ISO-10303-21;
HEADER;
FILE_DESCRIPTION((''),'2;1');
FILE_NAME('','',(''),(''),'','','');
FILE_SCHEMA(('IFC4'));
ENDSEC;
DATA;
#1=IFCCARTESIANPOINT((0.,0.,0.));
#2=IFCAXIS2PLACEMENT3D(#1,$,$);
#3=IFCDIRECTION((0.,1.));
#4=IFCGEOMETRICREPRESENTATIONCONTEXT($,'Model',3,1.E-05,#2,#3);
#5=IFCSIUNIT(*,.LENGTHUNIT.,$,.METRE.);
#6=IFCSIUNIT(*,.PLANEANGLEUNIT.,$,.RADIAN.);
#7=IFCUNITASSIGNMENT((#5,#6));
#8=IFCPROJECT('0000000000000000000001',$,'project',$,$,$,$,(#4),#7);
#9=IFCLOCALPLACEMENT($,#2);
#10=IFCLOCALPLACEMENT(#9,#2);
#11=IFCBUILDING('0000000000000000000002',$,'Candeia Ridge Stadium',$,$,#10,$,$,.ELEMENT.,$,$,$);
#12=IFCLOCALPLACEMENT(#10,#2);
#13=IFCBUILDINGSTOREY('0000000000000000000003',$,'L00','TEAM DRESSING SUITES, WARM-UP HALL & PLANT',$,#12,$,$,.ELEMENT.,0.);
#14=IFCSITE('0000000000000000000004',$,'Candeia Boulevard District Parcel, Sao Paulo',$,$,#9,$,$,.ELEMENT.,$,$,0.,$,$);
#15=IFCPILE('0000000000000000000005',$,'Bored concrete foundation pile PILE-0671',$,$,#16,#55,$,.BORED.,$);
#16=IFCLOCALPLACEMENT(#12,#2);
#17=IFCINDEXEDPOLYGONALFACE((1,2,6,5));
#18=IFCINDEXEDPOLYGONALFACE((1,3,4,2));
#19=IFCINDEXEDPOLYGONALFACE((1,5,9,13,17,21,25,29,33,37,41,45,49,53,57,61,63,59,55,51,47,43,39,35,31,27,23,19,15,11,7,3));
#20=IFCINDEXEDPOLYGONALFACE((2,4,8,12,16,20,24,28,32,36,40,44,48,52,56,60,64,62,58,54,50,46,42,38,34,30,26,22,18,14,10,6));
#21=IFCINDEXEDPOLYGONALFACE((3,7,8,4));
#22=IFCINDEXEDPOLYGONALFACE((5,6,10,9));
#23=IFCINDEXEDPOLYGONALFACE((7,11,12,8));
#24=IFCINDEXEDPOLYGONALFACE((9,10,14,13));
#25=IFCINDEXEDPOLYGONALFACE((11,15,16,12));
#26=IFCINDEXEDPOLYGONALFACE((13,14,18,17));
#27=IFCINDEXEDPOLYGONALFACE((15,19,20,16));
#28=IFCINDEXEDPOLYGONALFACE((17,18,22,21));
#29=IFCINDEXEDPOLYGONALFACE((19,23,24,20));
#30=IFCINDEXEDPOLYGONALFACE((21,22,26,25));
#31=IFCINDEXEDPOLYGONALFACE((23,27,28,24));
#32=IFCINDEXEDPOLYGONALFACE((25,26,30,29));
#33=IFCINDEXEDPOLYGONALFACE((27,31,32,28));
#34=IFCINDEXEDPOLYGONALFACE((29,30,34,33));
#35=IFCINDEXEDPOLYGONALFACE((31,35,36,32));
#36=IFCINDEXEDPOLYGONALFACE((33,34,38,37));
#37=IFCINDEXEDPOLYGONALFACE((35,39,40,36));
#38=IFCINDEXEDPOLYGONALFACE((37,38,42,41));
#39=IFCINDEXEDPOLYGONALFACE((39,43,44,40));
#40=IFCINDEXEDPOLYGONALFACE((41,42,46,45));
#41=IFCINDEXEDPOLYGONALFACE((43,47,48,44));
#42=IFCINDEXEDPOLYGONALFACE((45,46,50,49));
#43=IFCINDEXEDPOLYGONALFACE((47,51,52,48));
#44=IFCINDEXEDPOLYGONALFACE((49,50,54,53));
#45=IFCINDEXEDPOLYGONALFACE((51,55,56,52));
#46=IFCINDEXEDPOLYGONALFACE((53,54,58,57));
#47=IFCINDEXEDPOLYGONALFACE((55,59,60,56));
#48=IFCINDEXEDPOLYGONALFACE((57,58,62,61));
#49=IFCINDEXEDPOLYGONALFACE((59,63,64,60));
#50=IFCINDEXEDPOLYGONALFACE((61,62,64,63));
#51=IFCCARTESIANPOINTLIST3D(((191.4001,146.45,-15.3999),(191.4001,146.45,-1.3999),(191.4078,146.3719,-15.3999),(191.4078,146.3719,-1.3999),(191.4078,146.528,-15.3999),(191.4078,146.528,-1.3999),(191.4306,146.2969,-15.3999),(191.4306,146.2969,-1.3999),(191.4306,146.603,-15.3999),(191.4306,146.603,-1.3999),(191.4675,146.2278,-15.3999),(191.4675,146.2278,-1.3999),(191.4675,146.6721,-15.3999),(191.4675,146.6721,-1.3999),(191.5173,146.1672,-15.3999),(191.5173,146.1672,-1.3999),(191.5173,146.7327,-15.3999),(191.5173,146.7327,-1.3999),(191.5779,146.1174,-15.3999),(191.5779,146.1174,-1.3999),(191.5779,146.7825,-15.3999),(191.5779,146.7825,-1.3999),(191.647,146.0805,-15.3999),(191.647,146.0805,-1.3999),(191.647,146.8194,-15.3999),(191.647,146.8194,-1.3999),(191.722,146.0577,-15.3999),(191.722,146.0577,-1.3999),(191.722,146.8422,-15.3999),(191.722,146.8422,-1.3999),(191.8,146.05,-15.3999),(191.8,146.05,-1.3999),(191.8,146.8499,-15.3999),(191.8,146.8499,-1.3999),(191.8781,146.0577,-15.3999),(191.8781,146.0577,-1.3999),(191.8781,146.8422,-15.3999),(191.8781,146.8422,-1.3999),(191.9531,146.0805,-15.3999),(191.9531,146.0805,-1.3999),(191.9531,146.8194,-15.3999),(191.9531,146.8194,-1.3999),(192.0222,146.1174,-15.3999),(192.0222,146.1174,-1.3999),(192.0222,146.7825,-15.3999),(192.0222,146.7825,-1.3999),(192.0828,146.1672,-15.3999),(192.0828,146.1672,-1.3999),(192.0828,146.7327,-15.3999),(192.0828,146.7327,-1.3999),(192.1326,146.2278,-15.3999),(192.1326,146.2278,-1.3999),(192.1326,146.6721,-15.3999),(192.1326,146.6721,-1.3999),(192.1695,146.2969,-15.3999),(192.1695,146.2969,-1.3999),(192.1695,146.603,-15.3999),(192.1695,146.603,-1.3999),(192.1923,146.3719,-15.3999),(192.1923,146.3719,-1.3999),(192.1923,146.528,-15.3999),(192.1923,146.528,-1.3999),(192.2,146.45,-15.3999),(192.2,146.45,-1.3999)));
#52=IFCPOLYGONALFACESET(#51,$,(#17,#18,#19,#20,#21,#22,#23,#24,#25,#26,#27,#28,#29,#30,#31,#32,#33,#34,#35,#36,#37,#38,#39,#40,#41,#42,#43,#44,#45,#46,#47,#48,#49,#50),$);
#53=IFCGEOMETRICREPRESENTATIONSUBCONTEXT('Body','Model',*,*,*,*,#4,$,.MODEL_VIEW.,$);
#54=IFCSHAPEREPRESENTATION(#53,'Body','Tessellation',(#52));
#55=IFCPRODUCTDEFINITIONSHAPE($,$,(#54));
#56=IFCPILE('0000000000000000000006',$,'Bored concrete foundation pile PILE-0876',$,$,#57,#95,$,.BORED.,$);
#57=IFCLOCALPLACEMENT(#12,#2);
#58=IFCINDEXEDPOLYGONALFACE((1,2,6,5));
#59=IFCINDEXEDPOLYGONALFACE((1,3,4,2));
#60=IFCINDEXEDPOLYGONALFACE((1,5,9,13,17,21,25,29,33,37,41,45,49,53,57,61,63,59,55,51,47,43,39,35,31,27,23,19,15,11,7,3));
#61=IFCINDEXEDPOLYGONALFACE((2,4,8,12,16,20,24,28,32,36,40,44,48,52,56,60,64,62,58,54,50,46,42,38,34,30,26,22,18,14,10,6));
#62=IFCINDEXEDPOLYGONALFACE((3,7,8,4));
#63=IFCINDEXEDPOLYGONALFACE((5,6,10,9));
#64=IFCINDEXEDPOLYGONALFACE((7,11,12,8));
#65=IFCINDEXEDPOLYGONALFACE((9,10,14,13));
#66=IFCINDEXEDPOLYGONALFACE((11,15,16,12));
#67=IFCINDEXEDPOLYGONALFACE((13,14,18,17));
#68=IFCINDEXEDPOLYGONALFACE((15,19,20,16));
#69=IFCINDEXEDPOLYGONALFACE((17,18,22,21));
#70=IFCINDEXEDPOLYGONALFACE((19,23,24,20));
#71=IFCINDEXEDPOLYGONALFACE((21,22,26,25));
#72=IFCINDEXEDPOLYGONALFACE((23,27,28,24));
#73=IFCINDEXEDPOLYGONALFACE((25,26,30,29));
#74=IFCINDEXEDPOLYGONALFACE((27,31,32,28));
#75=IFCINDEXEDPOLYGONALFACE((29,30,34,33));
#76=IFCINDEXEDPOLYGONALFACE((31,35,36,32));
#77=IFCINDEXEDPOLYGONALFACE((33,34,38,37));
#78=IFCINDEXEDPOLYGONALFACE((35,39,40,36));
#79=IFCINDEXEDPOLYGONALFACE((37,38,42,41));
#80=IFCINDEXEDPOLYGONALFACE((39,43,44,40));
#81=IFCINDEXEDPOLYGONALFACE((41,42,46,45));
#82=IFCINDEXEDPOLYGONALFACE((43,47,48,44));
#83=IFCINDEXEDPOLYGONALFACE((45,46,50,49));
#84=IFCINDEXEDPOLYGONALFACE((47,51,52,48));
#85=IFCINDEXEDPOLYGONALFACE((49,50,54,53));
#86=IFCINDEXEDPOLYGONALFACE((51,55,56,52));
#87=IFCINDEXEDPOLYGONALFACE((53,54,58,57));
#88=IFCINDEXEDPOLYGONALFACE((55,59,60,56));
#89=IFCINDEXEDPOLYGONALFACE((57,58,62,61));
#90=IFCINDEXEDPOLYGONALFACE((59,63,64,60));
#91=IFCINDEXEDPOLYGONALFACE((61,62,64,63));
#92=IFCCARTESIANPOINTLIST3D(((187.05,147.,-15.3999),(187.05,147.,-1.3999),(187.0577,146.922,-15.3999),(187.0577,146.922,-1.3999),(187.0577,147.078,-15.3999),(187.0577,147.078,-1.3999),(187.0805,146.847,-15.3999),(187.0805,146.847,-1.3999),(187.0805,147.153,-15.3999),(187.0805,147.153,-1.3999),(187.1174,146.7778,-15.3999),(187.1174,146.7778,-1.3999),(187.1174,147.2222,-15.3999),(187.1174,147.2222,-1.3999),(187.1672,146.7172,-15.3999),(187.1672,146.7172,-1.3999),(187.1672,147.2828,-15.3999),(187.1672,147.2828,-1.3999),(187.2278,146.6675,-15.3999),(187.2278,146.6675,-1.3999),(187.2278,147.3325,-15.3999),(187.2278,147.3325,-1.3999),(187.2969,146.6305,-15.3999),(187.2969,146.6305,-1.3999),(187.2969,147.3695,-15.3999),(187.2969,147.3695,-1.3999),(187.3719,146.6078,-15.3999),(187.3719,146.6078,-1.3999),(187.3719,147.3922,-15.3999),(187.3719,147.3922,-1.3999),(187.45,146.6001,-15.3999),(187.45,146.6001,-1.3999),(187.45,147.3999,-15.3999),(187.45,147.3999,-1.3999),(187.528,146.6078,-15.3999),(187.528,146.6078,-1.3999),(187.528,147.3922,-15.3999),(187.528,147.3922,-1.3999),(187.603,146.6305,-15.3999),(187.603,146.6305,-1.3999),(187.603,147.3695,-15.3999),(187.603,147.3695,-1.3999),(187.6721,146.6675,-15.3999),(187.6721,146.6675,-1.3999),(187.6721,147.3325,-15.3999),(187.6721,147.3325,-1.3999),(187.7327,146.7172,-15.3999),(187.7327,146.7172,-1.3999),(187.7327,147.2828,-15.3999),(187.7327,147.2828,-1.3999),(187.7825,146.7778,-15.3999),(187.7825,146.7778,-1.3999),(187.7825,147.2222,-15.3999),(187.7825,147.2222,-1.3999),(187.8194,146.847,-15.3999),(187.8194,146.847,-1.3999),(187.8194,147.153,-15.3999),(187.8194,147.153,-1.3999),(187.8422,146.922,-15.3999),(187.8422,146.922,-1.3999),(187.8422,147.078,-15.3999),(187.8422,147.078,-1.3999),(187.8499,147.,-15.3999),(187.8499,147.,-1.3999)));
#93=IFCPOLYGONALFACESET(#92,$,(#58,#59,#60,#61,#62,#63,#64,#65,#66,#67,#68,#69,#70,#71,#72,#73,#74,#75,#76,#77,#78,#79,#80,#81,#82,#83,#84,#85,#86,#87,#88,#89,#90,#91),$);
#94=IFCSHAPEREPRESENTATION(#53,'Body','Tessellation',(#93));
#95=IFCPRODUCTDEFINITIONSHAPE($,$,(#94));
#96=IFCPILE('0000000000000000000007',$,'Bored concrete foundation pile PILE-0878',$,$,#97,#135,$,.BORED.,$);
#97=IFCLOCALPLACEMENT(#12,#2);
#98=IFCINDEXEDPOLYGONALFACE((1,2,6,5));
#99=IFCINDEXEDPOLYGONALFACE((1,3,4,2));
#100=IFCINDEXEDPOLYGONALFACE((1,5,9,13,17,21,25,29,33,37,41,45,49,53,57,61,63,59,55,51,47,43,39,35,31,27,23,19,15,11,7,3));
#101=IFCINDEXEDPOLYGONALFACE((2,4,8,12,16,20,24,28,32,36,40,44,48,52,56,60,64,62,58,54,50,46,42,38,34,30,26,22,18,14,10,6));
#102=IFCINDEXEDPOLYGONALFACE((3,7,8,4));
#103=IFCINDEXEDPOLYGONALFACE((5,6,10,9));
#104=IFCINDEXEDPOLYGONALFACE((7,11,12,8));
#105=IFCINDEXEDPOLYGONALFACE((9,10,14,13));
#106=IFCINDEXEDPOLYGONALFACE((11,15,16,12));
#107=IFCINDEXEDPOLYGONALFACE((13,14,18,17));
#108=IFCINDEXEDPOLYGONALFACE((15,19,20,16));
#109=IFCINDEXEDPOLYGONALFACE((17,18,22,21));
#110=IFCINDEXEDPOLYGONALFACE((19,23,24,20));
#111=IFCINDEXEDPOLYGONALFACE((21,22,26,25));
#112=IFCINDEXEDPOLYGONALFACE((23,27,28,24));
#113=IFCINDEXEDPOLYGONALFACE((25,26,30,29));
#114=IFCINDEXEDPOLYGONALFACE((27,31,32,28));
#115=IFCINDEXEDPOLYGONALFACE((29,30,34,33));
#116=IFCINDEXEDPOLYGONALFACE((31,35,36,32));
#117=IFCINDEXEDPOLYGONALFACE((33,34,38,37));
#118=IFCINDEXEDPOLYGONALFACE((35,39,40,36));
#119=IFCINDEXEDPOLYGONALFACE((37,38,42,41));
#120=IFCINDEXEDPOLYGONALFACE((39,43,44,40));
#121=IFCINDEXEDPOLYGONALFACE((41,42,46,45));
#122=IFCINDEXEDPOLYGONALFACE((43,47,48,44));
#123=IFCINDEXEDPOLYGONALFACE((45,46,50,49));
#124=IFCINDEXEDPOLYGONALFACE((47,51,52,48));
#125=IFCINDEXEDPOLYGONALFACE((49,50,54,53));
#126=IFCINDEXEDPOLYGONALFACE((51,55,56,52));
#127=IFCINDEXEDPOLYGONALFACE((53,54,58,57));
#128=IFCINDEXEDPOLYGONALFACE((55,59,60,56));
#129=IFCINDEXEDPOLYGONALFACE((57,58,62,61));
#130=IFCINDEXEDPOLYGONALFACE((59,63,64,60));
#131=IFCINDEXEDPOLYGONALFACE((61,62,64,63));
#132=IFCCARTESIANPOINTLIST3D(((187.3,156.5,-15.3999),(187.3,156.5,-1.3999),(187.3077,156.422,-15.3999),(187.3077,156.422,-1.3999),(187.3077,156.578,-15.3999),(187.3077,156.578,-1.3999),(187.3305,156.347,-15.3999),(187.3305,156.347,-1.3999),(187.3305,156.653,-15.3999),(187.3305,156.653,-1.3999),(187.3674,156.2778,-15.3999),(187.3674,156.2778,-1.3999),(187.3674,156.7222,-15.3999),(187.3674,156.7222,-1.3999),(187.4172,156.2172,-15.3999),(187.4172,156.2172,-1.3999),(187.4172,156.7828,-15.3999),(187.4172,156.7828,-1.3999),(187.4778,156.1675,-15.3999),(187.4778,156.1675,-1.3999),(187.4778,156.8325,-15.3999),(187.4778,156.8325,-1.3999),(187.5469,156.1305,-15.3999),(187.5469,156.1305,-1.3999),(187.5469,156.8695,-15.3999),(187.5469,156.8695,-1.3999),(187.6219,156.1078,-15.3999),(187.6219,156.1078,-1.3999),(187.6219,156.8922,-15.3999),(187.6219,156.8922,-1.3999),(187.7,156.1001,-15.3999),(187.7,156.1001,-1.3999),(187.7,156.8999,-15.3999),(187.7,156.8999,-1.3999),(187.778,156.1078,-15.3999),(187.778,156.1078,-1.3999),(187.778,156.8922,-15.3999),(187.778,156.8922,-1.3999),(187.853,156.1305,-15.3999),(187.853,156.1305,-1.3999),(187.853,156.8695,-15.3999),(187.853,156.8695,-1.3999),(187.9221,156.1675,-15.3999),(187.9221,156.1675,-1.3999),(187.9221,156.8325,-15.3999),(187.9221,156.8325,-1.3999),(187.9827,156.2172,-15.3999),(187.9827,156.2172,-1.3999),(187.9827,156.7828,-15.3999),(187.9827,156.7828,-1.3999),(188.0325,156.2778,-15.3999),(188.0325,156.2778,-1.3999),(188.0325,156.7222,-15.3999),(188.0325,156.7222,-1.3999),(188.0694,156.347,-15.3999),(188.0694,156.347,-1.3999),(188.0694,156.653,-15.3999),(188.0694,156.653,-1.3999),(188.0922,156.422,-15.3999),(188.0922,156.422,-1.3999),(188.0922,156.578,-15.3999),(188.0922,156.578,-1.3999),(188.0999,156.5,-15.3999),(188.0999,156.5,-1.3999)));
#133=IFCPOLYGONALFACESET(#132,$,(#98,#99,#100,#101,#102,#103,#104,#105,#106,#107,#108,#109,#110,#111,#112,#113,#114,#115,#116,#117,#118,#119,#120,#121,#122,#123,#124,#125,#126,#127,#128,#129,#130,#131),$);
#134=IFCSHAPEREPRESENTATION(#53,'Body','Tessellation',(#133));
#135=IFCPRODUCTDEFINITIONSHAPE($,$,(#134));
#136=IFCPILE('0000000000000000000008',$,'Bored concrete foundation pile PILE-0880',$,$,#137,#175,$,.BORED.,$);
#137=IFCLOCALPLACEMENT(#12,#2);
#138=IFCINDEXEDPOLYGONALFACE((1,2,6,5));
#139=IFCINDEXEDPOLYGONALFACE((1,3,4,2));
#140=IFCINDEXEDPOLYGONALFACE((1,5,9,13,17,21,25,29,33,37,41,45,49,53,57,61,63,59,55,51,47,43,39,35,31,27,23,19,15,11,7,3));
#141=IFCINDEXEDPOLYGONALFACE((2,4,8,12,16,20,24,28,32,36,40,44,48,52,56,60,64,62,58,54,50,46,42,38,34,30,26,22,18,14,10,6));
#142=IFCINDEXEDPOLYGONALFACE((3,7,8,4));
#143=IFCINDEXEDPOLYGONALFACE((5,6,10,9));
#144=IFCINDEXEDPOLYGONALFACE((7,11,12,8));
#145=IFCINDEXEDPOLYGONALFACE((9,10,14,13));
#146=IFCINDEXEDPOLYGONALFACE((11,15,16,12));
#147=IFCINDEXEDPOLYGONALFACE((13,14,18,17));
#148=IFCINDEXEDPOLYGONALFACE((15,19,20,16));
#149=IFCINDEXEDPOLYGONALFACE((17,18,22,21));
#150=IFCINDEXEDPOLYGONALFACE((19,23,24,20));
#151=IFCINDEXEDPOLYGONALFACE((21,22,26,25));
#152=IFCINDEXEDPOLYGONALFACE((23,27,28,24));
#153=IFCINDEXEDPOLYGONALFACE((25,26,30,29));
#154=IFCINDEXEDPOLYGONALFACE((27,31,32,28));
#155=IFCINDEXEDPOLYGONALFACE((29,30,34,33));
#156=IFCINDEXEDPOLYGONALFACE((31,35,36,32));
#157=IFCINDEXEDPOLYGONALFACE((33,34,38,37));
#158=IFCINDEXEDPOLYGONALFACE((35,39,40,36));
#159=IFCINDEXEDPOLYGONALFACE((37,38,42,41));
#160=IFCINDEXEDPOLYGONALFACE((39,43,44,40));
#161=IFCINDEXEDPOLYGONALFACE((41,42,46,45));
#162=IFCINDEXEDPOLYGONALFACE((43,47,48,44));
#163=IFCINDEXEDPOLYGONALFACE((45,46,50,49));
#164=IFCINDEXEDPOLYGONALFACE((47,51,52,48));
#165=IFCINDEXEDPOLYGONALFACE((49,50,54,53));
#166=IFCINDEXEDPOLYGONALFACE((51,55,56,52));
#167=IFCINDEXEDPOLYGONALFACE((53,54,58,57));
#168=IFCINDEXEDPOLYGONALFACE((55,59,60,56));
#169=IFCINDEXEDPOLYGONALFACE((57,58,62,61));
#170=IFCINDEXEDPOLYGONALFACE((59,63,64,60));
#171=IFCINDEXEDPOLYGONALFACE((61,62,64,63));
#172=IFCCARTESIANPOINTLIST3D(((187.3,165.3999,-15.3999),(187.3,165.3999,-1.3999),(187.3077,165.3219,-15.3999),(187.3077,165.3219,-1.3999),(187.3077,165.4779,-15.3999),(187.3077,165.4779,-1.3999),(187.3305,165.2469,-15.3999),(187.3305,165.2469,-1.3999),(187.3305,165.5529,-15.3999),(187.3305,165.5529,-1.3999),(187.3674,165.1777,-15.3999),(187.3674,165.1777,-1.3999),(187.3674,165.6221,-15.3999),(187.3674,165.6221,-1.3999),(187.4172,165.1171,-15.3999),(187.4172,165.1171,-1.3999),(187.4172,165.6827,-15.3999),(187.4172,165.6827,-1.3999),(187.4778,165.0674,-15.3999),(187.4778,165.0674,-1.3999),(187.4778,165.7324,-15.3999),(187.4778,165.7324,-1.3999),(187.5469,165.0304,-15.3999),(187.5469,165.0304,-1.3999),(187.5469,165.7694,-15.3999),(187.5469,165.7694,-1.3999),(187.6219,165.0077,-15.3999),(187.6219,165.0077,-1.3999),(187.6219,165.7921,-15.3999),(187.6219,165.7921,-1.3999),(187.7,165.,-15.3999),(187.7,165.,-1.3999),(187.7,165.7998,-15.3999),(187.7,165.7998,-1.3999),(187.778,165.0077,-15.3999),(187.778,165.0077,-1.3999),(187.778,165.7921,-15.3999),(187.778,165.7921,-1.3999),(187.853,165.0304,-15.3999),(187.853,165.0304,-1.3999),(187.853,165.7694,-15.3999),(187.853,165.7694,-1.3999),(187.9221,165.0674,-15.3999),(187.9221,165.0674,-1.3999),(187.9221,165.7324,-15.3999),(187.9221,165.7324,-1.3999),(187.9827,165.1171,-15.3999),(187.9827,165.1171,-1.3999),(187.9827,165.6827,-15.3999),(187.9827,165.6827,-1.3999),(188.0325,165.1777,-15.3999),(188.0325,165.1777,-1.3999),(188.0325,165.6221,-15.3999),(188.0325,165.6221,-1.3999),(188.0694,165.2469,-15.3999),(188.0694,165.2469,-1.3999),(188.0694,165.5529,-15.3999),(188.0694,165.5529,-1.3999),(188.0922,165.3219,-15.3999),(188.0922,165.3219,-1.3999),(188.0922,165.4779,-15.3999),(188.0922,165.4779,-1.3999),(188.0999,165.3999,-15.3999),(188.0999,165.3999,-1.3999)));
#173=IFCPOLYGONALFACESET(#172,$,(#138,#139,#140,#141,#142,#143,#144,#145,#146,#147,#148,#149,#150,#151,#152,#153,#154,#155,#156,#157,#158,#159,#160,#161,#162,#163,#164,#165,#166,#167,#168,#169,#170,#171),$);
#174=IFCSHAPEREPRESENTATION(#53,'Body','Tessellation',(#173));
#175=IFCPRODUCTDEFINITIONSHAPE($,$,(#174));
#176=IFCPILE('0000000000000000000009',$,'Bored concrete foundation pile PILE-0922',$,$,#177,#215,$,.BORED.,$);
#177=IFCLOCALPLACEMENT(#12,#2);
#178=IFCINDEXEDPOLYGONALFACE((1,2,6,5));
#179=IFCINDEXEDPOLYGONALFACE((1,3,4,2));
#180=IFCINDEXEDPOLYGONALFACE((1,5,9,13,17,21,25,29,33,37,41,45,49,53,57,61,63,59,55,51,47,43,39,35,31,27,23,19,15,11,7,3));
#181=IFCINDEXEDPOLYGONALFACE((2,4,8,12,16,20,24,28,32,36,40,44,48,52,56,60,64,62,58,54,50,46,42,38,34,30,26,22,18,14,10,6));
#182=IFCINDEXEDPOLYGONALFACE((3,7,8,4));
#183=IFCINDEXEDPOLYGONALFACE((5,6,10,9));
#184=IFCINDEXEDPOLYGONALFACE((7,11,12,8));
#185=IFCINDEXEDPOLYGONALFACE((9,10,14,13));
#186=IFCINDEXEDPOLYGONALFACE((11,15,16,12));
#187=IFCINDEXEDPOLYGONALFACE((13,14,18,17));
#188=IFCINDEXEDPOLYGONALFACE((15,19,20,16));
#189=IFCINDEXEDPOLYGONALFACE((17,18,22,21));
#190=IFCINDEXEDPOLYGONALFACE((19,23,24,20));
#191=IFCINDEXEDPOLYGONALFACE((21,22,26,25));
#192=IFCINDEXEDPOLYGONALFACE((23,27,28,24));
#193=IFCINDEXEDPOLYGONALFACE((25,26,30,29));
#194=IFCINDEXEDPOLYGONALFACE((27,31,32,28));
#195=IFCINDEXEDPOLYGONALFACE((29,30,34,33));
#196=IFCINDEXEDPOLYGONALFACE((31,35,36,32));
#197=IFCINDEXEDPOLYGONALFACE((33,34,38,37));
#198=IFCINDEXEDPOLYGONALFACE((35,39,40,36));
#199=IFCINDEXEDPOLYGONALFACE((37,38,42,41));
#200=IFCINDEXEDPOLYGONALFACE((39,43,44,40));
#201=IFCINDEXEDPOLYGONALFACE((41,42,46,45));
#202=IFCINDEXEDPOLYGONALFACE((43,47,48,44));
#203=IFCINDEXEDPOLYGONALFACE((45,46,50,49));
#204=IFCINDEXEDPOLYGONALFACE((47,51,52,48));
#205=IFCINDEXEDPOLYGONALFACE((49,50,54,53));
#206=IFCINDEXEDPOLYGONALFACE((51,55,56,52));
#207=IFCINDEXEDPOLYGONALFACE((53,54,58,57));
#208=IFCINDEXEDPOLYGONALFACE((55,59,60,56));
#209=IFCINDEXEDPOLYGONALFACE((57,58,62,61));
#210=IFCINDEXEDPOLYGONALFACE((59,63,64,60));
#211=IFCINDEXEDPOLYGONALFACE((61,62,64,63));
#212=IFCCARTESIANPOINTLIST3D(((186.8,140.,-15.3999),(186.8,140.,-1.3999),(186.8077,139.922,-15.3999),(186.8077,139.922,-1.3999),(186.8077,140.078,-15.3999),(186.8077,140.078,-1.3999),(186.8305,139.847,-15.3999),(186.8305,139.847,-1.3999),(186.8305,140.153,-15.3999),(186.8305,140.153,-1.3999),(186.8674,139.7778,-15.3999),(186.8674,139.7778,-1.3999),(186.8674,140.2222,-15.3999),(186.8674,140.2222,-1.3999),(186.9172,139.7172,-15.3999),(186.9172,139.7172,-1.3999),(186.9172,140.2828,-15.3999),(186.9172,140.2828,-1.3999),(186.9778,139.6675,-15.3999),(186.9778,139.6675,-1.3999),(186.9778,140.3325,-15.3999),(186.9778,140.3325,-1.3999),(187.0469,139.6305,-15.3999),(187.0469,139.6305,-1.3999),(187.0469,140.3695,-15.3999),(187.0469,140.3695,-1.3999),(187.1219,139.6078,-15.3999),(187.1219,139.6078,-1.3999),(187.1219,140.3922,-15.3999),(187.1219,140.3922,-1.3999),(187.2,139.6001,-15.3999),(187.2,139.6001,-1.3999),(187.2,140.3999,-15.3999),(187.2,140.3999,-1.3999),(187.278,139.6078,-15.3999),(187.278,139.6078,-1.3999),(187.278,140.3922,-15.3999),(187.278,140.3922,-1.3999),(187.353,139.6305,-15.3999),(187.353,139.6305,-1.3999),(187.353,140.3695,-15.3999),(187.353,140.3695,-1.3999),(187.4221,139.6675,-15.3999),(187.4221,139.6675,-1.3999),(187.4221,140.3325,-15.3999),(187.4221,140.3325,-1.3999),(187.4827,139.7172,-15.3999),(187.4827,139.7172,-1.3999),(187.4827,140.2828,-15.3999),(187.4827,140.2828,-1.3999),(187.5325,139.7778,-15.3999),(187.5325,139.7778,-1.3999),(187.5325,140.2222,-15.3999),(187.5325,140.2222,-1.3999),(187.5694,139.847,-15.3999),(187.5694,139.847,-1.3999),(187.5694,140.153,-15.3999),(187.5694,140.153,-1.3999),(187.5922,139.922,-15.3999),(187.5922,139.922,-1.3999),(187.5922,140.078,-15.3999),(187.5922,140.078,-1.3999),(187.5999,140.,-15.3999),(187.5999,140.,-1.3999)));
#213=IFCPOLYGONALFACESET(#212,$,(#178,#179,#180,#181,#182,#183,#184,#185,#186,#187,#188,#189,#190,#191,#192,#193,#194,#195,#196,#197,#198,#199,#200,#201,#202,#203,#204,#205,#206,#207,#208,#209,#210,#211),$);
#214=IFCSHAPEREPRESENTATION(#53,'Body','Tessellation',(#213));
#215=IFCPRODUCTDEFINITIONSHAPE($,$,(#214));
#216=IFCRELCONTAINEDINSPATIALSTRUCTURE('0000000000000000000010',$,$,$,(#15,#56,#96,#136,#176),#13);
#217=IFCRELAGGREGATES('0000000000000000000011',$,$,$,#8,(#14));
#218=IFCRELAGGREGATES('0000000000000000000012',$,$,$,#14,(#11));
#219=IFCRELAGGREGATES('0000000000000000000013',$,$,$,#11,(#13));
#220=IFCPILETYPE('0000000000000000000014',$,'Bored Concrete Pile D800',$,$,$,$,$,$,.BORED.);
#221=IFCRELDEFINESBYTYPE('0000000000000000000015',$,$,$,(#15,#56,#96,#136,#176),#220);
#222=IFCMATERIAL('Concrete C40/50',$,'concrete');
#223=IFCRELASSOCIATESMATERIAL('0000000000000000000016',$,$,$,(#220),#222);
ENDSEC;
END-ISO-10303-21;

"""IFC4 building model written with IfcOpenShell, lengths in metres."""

from ifc_helpers import new_model, si_unit, direction, frame, origin, origin_2d, place, context, subcontext, project, spatial, circle, extrude, material, material_profile, profile_set, type_object, element, save


model = new_model("IFC4")

# Units and contexts
model_context = context("Model", 3, precision=1e-05, world=origin(), true_north=direction((0.0, 1.0)))
body_context = subcontext(model_context, "Body", "Model", "MODEL_VIEW")
ifc_project = project(units=[si_unit("LENGTHUNIT", "METRE"), si_unit("PLANEANGLEUNIT", "RADIAN")], contexts=[model_context])

# Site, building, storey
site_placement = place(None, origin())
site = spatial("IfcSite", under=ifc_project, at=site_placement, Name="Candeia Boulevard District Parcel, Sao Paulo", CompositionType="ELEMENT", RefElevation=0.0)
building_placement = place(site_placement, origin())
building = spatial("IfcBuilding", under=site, at=building_placement, Name="Candeia Ridge Stadium", CompositionType="ELEMENT")
storey_placement = place(building_placement, origin())
storey = spatial("IfcBuildingStorey", under=building, at=storey_placement, Name="L00", Description="TEAM DRESSING SUITES, WARM-UP HALL & PLANT", CompositionType="ELEMENT", Elevation=0.0)

# Piles
ifc_material_1 = material(Name="Concrete C40/50", Category="concrete")
ifc_material_profile_1 = material_profile(ifc_material_1, circle(Radius=0.3999, at=origin_2d()), Name="PILE-D800", Category="concrete")
ifc_profile_set_1 = profile_set([ifc_material_profile_1], Name="Concrete C40/50")
pile_type = type_object("IfcPileType", Name="Bored Concrete Pile D800", PredefinedType="BORED", material=ifc_profile_set_1)
for number, where, z_axis, x_axis, name in (
    (1, (191.8, 146.45, -1.3999), (0.0, 0.0, -1.0), (1.0, 0.0, 0.0), "Bored concrete foundation pile PILE-0671"),
    (2, (187.45, 147.0, -1.3999), (0.0, 0.0, -1.0), (1.0, 0.0, 0.0), "Bored concrete foundation pile PILE-0876"),
    (3, (187.7, 156.5, -1.3999), (0.0, 0.0, -1.0), (1.0, 0.0, 0.0), "Bored concrete foundation pile PILE-0878"),
    (4, (187.7, 165.3999, -1.3999), (0.0, 0.0, -1.0), (1.0, 0.0, 0.0), "Bored concrete foundation pile PILE-0880"),
    (5, (187.2, 140.0, -1.3999), (0.0, 0.0, -1.0), (1.0, 0.0, 0.0), "Bored concrete foundation pile PILE-0922"),
):
    element("IfcPile", number, at=place(storey_placement, frame(where, z_axis=z_axis, x_axis=x_axis)), inside=storey, type_object=pile_type, Name=name, PredefinedType="BORED", context=body_context, shape_type="SweptSolid", body=[
        extrude(circle(Radius=0.3999, at=origin_2d()), origin(), (0.0, 0.0, 1.0), 14.0),
    ])

save(model, "model.ifc")
